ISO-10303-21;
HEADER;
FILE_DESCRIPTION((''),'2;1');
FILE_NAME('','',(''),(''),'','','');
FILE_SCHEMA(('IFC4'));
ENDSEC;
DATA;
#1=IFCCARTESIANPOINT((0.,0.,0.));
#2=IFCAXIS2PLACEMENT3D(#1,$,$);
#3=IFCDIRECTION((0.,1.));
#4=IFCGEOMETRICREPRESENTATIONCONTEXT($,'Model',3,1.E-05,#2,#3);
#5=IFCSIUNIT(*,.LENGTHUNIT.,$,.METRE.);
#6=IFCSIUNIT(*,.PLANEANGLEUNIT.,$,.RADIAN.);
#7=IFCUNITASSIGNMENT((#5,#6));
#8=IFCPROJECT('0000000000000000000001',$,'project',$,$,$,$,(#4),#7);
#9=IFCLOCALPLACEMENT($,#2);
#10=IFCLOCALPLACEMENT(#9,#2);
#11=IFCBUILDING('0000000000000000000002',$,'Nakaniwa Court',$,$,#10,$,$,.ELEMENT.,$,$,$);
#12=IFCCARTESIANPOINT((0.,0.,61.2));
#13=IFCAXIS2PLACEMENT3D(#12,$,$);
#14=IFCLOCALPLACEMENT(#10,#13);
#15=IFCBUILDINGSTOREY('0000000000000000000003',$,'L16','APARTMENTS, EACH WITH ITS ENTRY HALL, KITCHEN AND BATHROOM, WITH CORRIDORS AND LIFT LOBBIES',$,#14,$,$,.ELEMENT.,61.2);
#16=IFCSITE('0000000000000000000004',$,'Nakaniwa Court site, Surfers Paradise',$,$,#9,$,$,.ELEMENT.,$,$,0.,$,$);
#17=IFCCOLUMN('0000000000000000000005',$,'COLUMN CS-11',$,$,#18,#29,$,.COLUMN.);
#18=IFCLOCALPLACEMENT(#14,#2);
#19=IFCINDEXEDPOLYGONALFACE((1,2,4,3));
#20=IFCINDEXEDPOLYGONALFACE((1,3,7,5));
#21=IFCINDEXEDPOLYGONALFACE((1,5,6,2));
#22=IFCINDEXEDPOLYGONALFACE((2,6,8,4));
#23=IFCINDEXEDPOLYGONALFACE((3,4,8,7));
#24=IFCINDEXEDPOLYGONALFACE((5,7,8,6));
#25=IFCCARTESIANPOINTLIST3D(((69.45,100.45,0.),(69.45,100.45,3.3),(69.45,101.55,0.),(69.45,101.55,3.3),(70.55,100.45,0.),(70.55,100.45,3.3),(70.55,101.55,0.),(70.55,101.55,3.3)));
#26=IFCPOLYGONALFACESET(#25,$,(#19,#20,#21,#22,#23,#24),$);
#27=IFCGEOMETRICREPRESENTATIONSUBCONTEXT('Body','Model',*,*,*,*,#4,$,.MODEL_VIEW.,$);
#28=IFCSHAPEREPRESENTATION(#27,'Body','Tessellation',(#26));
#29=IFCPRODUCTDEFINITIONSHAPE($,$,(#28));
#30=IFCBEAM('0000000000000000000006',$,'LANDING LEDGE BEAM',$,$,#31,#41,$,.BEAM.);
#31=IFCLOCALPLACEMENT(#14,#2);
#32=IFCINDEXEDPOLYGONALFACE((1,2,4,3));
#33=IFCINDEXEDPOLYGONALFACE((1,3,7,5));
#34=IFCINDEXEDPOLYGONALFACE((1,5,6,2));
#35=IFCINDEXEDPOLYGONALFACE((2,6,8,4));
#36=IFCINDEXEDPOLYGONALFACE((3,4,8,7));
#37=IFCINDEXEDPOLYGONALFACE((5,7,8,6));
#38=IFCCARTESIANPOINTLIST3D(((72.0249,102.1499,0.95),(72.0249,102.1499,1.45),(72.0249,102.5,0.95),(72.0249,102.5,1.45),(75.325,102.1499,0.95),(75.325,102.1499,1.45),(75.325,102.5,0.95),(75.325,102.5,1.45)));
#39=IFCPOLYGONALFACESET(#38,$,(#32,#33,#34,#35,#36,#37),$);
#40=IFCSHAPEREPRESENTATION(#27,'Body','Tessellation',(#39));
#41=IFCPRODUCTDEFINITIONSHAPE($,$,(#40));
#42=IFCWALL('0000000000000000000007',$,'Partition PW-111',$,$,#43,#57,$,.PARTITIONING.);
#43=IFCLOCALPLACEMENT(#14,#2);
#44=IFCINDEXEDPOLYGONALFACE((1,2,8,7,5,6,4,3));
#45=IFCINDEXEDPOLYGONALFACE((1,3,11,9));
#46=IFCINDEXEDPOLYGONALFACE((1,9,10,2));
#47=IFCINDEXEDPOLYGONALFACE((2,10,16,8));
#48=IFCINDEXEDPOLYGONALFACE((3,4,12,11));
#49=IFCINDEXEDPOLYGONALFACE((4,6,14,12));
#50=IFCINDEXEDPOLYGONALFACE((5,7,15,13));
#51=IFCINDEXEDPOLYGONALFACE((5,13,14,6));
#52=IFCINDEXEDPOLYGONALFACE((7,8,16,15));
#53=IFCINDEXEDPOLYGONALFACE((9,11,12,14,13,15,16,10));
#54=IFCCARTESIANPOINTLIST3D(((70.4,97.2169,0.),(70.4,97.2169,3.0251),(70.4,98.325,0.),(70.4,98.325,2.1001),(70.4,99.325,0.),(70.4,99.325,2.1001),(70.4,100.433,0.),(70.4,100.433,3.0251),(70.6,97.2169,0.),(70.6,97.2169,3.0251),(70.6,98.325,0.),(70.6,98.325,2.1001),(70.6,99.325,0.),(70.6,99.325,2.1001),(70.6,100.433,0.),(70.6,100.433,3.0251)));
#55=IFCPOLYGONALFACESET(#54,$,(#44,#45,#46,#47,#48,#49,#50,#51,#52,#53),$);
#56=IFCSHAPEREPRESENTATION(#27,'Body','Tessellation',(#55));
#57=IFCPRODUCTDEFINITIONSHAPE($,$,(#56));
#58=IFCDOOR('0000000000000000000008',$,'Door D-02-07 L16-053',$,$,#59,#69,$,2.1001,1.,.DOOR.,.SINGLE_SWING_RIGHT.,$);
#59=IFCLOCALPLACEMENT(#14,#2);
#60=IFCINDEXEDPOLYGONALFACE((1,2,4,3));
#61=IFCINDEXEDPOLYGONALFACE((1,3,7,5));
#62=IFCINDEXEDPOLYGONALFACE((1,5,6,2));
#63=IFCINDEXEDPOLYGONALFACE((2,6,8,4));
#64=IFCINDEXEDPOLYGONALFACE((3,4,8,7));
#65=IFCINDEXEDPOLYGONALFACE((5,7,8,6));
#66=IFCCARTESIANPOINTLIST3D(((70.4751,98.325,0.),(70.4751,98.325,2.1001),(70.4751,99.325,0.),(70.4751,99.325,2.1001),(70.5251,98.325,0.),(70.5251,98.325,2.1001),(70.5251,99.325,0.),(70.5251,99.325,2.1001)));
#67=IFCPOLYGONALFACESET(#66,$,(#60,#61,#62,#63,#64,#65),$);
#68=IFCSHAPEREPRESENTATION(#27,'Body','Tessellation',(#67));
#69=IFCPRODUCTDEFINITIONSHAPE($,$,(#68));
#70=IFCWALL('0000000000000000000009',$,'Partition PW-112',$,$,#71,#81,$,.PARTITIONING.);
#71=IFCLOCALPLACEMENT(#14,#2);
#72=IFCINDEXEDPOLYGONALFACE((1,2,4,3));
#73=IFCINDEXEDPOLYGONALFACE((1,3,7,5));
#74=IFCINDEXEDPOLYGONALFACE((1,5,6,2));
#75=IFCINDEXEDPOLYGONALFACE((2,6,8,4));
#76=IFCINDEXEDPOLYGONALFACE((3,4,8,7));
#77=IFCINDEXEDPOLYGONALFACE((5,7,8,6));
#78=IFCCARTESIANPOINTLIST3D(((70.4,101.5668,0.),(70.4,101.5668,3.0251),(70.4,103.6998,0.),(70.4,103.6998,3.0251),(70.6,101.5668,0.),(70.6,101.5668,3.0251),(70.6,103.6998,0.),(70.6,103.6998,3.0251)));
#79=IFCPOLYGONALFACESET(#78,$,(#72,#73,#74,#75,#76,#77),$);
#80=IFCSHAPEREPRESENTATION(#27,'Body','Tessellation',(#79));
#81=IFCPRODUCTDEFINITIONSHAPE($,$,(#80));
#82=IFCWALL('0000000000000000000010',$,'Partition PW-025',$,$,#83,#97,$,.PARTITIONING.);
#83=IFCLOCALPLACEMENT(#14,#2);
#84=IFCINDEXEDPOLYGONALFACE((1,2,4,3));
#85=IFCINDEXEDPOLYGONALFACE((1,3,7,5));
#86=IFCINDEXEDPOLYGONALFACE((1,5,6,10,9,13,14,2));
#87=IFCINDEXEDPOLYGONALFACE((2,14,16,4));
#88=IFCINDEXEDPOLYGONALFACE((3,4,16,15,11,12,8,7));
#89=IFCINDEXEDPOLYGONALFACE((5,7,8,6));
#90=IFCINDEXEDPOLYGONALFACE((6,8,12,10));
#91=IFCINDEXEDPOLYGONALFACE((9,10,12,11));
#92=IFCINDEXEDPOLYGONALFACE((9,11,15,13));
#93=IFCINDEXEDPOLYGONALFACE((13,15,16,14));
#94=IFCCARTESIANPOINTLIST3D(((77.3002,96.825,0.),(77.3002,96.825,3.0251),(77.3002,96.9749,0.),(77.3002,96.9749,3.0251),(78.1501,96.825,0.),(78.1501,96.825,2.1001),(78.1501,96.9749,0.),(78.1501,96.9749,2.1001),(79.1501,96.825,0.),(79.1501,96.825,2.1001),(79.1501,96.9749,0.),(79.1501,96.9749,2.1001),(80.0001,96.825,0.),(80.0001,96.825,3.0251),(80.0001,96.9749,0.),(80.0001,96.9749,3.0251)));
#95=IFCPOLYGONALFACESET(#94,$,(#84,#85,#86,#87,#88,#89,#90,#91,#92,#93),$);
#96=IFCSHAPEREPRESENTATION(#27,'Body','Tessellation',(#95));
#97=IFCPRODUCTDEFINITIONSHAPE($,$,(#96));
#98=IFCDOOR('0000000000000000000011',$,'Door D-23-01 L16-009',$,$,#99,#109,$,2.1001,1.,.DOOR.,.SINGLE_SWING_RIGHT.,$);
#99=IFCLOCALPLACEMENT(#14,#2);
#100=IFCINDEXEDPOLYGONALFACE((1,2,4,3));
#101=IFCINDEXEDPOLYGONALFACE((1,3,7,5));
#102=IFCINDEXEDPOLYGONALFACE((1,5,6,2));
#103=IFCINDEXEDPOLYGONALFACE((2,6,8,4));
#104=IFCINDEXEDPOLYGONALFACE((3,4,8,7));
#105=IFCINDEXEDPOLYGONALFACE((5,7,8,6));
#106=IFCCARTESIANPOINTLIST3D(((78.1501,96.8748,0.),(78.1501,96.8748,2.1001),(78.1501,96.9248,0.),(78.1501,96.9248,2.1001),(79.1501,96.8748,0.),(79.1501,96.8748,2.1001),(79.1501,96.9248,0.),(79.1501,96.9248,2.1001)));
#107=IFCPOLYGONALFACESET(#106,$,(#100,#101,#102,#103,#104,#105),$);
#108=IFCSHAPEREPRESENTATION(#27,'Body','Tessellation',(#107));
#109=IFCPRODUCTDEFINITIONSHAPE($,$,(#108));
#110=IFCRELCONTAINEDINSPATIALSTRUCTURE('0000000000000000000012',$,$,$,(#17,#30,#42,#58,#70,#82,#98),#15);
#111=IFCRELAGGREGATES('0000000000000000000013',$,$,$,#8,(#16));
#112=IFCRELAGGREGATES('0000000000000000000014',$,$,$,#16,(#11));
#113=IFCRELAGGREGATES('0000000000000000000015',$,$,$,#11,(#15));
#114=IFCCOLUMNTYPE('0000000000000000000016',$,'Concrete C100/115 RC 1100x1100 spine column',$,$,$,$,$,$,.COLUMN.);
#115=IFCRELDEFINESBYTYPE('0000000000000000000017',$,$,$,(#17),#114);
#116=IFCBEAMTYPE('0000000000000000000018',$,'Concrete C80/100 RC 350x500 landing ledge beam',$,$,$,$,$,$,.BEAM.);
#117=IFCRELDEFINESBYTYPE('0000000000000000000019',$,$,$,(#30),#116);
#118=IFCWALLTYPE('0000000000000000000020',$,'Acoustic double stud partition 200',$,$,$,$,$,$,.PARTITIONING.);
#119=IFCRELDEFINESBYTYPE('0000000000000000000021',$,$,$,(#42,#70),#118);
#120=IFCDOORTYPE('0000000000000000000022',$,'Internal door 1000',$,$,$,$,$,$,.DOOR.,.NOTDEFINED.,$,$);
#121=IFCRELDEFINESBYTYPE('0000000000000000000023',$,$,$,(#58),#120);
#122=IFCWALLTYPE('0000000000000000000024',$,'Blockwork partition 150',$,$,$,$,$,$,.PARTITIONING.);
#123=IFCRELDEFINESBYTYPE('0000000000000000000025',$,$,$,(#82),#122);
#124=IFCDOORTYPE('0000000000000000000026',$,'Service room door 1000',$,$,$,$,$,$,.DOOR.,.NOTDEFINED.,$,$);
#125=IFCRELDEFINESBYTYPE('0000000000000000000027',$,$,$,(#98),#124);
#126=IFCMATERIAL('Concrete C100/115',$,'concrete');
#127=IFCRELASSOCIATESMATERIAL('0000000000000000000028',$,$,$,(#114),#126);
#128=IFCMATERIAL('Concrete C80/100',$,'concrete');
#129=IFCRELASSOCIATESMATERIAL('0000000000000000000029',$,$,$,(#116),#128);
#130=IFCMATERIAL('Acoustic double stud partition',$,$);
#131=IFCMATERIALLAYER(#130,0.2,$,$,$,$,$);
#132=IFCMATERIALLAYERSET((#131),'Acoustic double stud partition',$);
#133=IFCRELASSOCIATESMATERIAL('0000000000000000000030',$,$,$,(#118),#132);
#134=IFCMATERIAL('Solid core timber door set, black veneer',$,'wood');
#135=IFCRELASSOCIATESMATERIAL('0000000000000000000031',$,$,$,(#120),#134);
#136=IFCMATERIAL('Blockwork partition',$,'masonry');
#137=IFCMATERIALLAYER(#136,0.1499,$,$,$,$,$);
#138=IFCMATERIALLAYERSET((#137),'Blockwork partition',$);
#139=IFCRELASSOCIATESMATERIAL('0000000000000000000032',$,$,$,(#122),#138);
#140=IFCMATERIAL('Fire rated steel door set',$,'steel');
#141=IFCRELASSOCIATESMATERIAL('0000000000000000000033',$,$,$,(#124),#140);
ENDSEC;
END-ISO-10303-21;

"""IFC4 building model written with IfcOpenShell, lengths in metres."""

from ifc_helpers import new_model, si_unit, direction, frame, frame_2d, origin, origin_2d, place, context, subcontext, project, spatial, rectangle, extrude, material, layer, layer_set, material_profile, profile_set, type_object, element, fill, save


model = new_model("IFC4")

# Units and contexts
model_context = context("Model", 3, precision=1e-05, world=origin(), true_north=direction((0.0, 1.0)))
body_context = subcontext(model_context, "Body", "Model", "MODEL_VIEW")
ifc_project = project(units=[si_unit("LENGTHUNIT", "METRE"), si_unit("PLANEANGLEUNIT", "RADIAN")], contexts=[model_context])

# Site, building, storey
site_placement = place(None, origin())
site = spatial("IfcSite", under=ifc_project, at=site_placement, Name="Nakaniwa Court site, Surfers Paradise", CompositionType="ELEMENT", RefElevation=0.0)
building_placement = place(site_placement, origin())
building = spatial("IfcBuilding", under=site, at=building_placement, Name="Nakaniwa Court", CompositionType="ELEMENT")
storey_placement = place(building_placement, frame((0.0, 0.0, 61.2)))
storey = spatial("IfcBuildingStorey", under=building, at=storey_placement, Name="L16", Description="APARTMENTS, EACH WITH ITS ENTRY HALL, KITCHEN AND BATHROOM, WITH CORRIDORS AND LIFT LOBBIES", CompositionType="ELEMENT", Elevation=61.2)

# Column
ifc_material_1 = material(Name="Concrete C100/115", Category="concrete")
ifc_material_profile_1 = material_profile(ifc_material_1, rectangle(XDim=1.1001, YDim=1.1001, at=origin_2d()), Name="Concrete C100/115 RC 1100x1100 spine column")
ifc_profile_set_1 = profile_set([ifc_material_profile_1], Name="Concrete C100/115")
column_type = type_object("IfcColumnType", Name="Concrete C100/115 RC 1100x1100 spine column", PredefinedType="COLUMN", material=ifc_profile_set_1)
column_placement = place(storey_placement, frame((70.0, 101.0, 0.0), z_axis=(0.0, 0.0, 1.0), x_axis=(0.0, -1.0, 0.0)))
element("IfcColumn", 1, at=column_placement, inside=storey, type_object=column_type, Name="COLUMN CS-11", PredefinedType="COLUMN", context=body_context, shape_type="SweptSolid", body=[
    extrude(rectangle(XDim=1.1001, YDim=1.1001, at=origin_2d()), origin(), (0.0, 0.0, 1.0), 3.3),
])

# Beam
ifc_material_2 = material(Name="Concrete C80/100", Category="concrete")
ifc_material_profile_2 = material_profile(ifc_material_2, rectangle(XDim=0.3501, YDim=0.5, at=origin_2d()), Name="Concrete C80/100 RC 350x500 landing ledge beam")
ifc_profile_set_2 = profile_set([ifc_material_profile_2], Name="Concrete C80/100")
beam_type = type_object("IfcBeamType", Name="Concrete C80/100 RC 350x500 landing ledge beam", PredefinedType="BEAM", material=ifc_profile_set_2)
beam_placement = place(storey_placement, frame((72.0249, 102.325, 1.2), z_axis=(1.0, 0.0, 0.0), x_axis=(0.0, 1.0, 0.0)))
element("IfcBeam", 2, at=beam_placement, inside=storey, type_object=beam_type, Name="LANDING LEDGE BEAM", PredefinedType="BEAM", context=body_context, shape_type="SweptSolid", body=[
    extrude(rectangle(XDim=0.3501, YDim=0.5, at=origin_2d()), origin(), (0.0, 0.0, 1.0), 3.3),
])

# Wall, opening, door
ifc_material_3 = material(Name="Acoustic double stud partition")
ifc_layer_1 = layer(ifc_material_3, 0.2)
ifc_layer_set_1 = layer_set([ifc_layer_1], Name="Acoustic double stud partition")
wall_type_1 = type_object("IfcWallType", Name="Acoustic double stud partition 200", PredefinedType="PARTITIONING", material=ifc_layer_set_1)
wall_1_placement = place(storey_placement, frame((70.5, 97.217, 0.0), z_axis=(0.0, 0.0, 1.0), x_axis=(0.0, 1.0, 0.0)))
wall_1 = element("IfcWall", 3, at=wall_1_placement, inside=storey, type_object=wall_type_1, Name="Partition PW-111", PredefinedType="PARTITIONING", context=body_context, shape_type="SweptSolid", body=[
    extrude(rectangle(XDim=3.2161, YDim=0.2, at=frame_2d((1.6079, 0.0))), origin(), (0.0, 0.0, 1.0), 3.0251),
])
opening_1_placement = place(wall_1_placement, frame((1.1079, 0.0, 0.0)))
opening_1 = element("IfcOpeningElement", 4, at=opening_1_placement, cuts=wall_1, PredefinedType="OPENING", context=body_context, shape_type="SweptSolid", body=[
    extrude(rectangle(XDim=1.0, YDim=2.1001, at=frame_2d((0.5, 1.05))), frame((0.0, 0.1099, 0.0), z_axis=(0.0, -1.0, 0.0), x_axis=(1.0, 0.0, 0.0)), (0.0, 0.0, 1.0), 0.22),
])
ifc_material_4 = material(Name="Solid core timber door set, black veneer", Category="wood")
door_type_1 = type_object("IfcDoorType", Name="Internal door 1000", OperationType="NOTDEFINED", PredefinedType="DOOR", material=ifc_material_4)
door_1_placement = place(opening_1_placement, origin())
door_1 = element("IfcDoor", 5, at=door_1_placement, inside=storey, type_object=door_type_1, Name="Door D-02-07 L16-053", OperationType="SINGLE_SWING_RIGHT", OverallHeight=2.1001, OverallWidth=1.0, PredefinedType="DOOR", context=body_context, shape_type="SweptSolid", body=[
    extrude(rectangle(XDim=1.0, YDim=2.1001, at=frame_2d((0.5, 1.05))), frame((0.0, 0.0249, 0.0), z_axis=(0.0, -1.0, 0.0), x_axis=(1.0, 0.0, 0.0)), (0.0, 0.0, 1.0), 0.05),
])
fill(opening_1, door_1)

# Wall
wall_2_placement = place(storey_placement, frame((70.5, 101.5669, 0.0), z_axis=(0.0, 0.0, 1.0), x_axis=(0.0, 1.0, 0.0)))
element("IfcWall", 6, at=wall_2_placement, inside=storey, type_object=wall_type_1, Name="Partition PW-112", PredefinedType="PARTITIONING", context=body_context, shape_type="SweptSolid", body=[
    extrude(rectangle(XDim=2.1331, YDim=0.2, at=frame_2d((1.0664, 0.0))), origin(), (0.0, 0.0, 1.0), 3.0251),
])

# Wall, opening, door
ifc_material_5 = material(Name="Blockwork partition", Category="masonry")
ifc_layer_2 = layer(ifc_material_5, 0.1499)
ifc_layer_set_2 = layer_set([ifc_layer_2], Name="Blockwork partition")
wall_type_2 = type_object("IfcWallType", Name="Blockwork partition 150", PredefinedType="PARTITIONING", material=ifc_layer_set_2)
wall_3_placement = place(storey_placement, frame((77.3, 96.8999, 0.0), z_axis=(0.0, 0.0, 1.0), x_axis=(1.0, 0.0, 0.0)))
wall_3 = element("IfcWall", 7, at=wall_3_placement, inside=storey, type_object=wall_type_2, Name="Partition PW-025", PredefinedType="PARTITIONING", context=body_context, shape_type="SweptSolid", body=[
    extrude(rectangle(XDim=2.7, YDim=0.1499, at=frame_2d((1.3501, 0.0))), origin(), (0.0, 0.0, 1.0), 3.0251),
])
opening_2_placement = place(wall_3_placement, frame((0.8501, 0.0, 0.0)))
opening_2 = element("IfcOpeningElement", 8, at=opening_2_placement, cuts=wall_3, PredefinedType="OPENING", context=body_context, shape_type="SweptSolid", body=[
    extrude(rectangle(XDim=1.0, YDim=2.1001, at=frame_2d((0.5, 1.05))), frame((0.0, 0.085, 0.0), z_axis=(0.0, -1.0, 0.0), x_axis=(1.0, 0.0, 0.0)), (0.0, 0.0, 1.0), 0.1699),
])
ifc_material_6 = material(Name="Fire rated steel door set", Category="steel")
door_type_2 = type_object("IfcDoorType", Name="Service room door 1000", OperationType="NOTDEFINED", PredefinedType="DOOR", material=ifc_material_6)
door_2_placement = place(opening_2_placement, origin())
door_2 = element("IfcDoor", 9, at=door_2_placement, inside=storey, type_object=door_type_2, Name="Door D-23-01 L16-009", OperationType="SINGLE_SWING_RIGHT", OverallHeight=2.1001, OverallWidth=1.0, PredefinedType="DOOR", context=body_context, shape_type="SweptSolid", body=[
    extrude(rectangle(XDim=1.0, YDim=2.1001, at=frame_2d((0.5, 1.05))), frame((0.0, 0.0249, 0.0), z_axis=(0.0, -1.0, 0.0), x_axis=(1.0, 0.0, 0.0)), (0.0, 0.0, 1.0), 0.05),
])
fill(opening_2, door_2)

save(model, "model.ifc")
